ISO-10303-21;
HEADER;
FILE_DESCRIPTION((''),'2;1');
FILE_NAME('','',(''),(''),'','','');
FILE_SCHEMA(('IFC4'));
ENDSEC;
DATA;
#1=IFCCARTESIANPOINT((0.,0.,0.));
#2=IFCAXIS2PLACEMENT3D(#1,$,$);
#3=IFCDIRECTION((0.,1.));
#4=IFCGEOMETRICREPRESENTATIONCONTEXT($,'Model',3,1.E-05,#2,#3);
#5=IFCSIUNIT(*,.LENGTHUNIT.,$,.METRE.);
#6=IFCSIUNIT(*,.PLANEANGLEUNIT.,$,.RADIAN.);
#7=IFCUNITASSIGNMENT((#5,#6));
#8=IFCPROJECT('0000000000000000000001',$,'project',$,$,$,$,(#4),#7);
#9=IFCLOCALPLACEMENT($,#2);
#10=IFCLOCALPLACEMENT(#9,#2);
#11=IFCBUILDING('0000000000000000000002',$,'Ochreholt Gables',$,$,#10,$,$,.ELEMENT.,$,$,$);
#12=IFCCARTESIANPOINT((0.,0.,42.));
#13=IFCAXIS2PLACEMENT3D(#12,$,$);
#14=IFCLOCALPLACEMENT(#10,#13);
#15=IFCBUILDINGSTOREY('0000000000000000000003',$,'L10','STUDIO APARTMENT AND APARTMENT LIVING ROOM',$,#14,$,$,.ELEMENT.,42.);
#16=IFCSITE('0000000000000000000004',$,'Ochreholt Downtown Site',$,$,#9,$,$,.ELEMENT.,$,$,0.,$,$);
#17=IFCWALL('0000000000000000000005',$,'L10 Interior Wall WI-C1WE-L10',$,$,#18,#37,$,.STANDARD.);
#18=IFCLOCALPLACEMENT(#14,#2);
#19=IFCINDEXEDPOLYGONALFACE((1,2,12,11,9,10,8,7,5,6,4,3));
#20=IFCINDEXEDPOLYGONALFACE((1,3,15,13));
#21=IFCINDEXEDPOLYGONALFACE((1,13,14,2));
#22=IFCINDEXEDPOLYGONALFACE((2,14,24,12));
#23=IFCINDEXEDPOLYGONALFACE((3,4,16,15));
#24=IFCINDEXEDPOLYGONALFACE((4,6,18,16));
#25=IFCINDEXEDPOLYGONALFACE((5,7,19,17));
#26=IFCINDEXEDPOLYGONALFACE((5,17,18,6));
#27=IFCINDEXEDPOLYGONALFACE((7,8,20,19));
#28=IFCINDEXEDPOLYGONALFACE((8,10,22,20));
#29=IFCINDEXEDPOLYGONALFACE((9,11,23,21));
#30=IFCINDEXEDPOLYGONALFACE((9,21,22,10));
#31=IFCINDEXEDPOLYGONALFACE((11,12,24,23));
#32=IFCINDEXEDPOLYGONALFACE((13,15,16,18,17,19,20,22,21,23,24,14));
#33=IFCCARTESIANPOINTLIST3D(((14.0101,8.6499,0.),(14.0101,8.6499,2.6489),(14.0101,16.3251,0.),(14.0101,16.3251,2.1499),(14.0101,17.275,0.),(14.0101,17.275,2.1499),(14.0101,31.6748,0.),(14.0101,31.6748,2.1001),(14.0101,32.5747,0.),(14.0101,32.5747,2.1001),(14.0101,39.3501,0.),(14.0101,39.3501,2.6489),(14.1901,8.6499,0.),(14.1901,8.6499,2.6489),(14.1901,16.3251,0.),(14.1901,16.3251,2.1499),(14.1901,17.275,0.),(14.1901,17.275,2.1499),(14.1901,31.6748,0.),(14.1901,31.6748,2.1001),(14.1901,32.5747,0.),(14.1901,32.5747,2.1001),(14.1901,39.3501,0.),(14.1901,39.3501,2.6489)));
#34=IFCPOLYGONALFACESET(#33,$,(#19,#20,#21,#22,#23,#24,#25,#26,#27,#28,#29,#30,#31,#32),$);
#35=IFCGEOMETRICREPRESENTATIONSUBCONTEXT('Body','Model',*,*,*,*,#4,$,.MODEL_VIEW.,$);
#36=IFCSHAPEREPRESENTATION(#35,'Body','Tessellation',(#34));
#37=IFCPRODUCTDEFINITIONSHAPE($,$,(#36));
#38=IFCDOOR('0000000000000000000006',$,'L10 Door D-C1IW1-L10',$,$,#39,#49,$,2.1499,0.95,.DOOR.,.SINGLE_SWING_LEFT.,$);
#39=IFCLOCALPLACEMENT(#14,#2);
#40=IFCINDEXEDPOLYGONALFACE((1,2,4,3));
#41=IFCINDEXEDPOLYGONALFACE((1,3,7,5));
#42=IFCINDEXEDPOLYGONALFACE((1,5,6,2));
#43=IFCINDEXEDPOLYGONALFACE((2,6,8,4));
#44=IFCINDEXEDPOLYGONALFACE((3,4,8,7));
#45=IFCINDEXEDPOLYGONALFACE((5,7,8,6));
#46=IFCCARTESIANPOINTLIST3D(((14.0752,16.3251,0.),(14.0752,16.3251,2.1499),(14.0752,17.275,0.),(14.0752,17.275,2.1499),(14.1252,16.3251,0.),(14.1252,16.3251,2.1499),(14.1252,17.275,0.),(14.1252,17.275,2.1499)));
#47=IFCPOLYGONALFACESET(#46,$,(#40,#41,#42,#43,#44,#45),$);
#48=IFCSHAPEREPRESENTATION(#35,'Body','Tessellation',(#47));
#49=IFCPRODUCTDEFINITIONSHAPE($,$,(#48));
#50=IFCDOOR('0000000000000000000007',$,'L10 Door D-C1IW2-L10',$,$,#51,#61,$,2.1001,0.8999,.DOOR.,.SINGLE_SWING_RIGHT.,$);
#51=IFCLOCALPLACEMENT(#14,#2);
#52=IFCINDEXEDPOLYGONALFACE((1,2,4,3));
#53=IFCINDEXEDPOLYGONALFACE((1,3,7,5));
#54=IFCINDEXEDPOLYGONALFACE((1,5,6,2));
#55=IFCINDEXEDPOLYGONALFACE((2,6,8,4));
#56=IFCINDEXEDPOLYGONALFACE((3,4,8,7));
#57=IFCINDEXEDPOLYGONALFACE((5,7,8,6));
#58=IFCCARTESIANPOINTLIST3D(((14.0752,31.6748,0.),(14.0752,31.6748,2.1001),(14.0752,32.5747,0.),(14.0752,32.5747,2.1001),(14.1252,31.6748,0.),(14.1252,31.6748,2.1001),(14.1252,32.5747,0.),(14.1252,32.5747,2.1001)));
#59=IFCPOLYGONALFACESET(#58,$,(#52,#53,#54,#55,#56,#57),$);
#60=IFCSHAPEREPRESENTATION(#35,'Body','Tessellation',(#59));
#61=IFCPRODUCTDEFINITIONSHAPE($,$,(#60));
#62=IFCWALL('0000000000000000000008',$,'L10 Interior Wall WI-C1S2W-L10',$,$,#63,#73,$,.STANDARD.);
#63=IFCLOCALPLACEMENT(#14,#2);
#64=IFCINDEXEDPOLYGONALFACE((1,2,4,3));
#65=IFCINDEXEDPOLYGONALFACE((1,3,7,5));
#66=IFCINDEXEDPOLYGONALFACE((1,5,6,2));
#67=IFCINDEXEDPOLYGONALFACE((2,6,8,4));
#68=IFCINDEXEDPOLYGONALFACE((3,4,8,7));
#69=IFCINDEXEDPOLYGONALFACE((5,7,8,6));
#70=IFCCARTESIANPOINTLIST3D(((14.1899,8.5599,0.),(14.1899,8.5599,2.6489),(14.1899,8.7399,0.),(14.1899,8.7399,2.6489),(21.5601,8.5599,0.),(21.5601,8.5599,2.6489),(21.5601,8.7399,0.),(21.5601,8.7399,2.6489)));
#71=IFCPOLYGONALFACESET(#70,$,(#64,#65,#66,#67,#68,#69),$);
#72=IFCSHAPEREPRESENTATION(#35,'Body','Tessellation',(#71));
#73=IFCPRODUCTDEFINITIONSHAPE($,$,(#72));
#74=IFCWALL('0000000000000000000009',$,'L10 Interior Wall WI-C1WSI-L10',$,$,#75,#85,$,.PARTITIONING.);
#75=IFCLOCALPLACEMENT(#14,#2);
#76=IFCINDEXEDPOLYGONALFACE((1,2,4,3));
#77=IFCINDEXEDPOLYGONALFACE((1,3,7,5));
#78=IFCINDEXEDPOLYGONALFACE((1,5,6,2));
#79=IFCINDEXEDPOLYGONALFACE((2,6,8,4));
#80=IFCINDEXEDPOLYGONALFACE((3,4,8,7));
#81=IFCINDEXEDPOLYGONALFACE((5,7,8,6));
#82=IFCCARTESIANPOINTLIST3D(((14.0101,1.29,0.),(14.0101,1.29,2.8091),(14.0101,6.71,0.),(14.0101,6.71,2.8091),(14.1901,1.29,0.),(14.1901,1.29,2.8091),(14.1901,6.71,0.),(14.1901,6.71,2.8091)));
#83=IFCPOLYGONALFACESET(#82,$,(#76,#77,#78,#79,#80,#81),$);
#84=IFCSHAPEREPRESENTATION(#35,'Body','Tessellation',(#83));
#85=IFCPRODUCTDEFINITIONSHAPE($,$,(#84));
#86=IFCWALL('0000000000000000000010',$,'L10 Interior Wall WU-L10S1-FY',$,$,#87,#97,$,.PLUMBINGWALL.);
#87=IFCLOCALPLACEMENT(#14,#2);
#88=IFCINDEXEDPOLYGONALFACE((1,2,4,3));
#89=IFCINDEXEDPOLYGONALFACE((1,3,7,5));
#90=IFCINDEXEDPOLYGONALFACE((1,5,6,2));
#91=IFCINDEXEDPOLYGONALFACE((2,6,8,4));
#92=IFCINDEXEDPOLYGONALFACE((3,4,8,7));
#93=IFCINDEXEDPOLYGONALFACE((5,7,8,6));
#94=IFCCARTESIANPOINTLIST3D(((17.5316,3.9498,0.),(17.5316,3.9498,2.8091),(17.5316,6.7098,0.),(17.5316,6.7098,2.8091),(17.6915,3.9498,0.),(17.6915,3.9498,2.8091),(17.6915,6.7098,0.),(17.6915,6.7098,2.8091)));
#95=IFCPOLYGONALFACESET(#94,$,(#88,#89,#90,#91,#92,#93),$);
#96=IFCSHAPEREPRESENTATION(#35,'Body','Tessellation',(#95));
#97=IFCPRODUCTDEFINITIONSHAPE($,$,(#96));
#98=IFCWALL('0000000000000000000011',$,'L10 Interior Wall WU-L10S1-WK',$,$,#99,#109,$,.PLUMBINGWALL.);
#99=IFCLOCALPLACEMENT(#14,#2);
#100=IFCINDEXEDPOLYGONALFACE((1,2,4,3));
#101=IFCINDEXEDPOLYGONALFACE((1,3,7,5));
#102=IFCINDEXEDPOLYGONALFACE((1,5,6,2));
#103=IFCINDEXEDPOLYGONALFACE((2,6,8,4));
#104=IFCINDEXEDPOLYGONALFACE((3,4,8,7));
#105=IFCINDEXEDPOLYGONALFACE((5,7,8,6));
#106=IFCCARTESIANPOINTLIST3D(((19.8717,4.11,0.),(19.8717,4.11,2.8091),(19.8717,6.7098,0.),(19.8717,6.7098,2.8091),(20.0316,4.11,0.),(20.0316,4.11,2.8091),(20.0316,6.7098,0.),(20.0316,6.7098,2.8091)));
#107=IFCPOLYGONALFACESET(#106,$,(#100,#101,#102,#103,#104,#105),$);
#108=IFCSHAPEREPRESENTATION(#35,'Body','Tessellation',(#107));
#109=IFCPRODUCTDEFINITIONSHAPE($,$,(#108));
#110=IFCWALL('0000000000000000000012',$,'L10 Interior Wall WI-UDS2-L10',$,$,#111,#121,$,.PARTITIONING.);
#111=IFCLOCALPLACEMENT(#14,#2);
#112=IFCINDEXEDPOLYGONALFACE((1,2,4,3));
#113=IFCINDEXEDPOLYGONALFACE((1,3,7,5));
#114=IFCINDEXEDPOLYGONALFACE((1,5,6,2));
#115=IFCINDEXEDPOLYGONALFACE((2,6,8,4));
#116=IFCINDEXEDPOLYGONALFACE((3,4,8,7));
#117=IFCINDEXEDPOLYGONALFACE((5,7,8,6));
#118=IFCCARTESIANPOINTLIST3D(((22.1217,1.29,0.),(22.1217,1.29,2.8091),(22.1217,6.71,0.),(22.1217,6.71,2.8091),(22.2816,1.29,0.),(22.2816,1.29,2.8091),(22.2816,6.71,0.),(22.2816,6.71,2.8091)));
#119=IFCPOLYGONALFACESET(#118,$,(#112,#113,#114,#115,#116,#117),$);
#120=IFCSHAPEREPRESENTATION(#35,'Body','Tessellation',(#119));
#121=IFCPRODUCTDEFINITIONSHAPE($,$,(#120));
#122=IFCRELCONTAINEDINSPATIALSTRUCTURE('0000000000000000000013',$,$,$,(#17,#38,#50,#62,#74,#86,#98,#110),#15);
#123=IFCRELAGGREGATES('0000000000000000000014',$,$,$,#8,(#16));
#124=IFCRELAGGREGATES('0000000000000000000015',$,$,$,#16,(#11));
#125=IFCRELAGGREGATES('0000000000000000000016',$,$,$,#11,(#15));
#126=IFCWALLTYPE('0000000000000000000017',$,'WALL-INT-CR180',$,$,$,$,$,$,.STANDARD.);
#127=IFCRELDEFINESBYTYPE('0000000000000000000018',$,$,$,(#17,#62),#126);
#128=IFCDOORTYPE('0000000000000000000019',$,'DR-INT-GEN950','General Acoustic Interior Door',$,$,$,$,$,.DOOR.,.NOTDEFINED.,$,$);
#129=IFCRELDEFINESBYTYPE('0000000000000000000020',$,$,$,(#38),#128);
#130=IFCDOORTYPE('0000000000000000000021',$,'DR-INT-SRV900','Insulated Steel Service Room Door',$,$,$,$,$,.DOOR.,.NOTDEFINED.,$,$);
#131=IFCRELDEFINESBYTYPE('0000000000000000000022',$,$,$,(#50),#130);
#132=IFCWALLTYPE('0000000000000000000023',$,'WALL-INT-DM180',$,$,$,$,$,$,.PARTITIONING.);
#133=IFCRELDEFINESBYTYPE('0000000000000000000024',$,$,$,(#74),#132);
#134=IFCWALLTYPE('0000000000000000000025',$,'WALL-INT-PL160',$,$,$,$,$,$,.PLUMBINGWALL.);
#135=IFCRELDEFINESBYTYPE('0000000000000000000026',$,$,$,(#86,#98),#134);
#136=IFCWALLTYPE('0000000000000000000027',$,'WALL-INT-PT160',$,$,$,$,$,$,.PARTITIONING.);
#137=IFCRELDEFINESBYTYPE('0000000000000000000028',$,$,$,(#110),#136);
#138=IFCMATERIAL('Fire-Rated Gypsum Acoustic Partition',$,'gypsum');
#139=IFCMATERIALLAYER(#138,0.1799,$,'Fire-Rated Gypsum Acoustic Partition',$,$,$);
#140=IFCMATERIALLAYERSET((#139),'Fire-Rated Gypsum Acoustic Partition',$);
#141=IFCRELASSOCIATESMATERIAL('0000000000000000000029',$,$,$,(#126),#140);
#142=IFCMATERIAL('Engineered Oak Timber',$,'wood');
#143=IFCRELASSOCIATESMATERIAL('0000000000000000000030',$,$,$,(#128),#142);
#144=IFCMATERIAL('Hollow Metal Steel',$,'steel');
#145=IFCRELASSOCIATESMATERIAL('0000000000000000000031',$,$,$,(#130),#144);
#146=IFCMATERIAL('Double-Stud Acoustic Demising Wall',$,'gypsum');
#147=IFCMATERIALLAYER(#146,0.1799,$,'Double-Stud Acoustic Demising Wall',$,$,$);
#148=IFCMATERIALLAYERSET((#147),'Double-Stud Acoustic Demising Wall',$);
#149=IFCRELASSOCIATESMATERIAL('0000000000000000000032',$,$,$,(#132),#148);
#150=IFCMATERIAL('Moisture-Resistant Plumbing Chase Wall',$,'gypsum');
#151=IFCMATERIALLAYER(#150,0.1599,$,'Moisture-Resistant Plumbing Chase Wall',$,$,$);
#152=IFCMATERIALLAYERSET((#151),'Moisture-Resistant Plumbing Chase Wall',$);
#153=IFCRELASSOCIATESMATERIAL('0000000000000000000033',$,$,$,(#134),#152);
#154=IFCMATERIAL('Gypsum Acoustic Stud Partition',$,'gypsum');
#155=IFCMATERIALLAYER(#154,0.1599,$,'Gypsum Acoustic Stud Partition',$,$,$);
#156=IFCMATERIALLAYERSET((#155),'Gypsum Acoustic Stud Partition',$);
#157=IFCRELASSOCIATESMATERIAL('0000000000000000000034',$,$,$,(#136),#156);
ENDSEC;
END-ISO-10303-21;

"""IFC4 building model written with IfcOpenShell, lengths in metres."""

from ifc_helpers import new_model, si_unit, direction, frame, frame_2d, origin, place, context, subcontext, project, spatial, rectangle, extrude, material, layer, layer_set, type_object, element, fill, save


model = new_model("IFC4")

# Units and contexts
model_context = context("Model", 3, precision=1e-05, world=origin(), true_north=direction((0.0, 1.0)))
body_context = subcontext(model_context, "Body", "Model", "MODEL_VIEW")
ifc_project = project(units=[si_unit("LENGTHUNIT", "METRE"), si_unit("PLANEANGLEUNIT", "RADIAN")], contexts=[model_context])

# Site, building, storey
site_placement = place(None, origin())
site = spatial("IfcSite", under=ifc_project, at=site_placement, Name="Ochreholt Downtown Site", CompositionType="ELEMENT", RefElevation=0.0)
building_placement = place(site_placement, origin())
building = spatial("IfcBuilding", under=site, at=building_placement, Name="Ochreholt Gables", CompositionType="ELEMENT")
storey_placement = place(building_placement, frame((0.0, 0.0, 42.0)))
storey = spatial("IfcBuildingStorey", under=building, at=storey_placement, Name="L10", Description="STUDIO APARTMENT AND APARTMENT LIVING ROOM", CompositionType="ELEMENT", Elevation=42.0)

# Shared definitions
ifc_material_1 = material(Name="Fire-Rated Gypsum Acoustic Partition", Category="gypsum")
ifc_layer_1 = layer(ifc_material_1, 0.1799, Name="Fire-Rated Gypsum Acoustic Partition")
ifc_layer_set_1 = layer_set([ifc_layer_1], Name="Fire-Rated Gypsum Acoustic Partition")
wall_type_1 = type_object("IfcWallType", Name="WALL-INT-CR180", PredefinedType="STANDARD", material=ifc_layer_set_1)

# Shared definitions
ifc_material_2 = material(Name="Engineered Oak Timber", Category="wood")
door_type_1 = type_object("IfcDoorType", Name="DR-INT-GEN950", Description="General Acoustic Interior Door", OperationType="NOTDEFINED", PredefinedType="DOOR", material=ifc_material_2)

# Wall, openings, doors
wall_1_placement = place(storey_placement, frame((14.1001, 8.6499, 0.0), z_axis=(0.0, 0.0, 1.0), x_axis=(0.0, 1.0, 0.0)))
wall_1 = element("IfcWall", 1, at=wall_1_placement, inside=storey, type_object=wall_type_1, Name="L10 Interior Wall WI-C1WE-L10", PredefinedType="STANDARD", context=body_context, shape_type="SweptSolid", body=[
    extrude(rectangle(XDim=30.7002, YDim=0.1799, at=frame_2d((15.3501, 0.0))), origin(), (0.0, 0.0, 1.0), 2.6489),
])
opening_1_placement = place(wall_1_placement, frame((7.675, 0.0, 0.0)))
opening_1 = element("IfcOpeningElement", 2, at=opening_1_placement, cuts=wall_1, PredefinedType="OPENING", context=body_context, shape_type="SweptSolid", body=[
    extrude(rectangle(XDim=0.95, YDim=2.1499, at=frame_2d((0.4751, 1.075))), frame((0.0, 0.0999, 0.0), z_axis=(0.0, -1.0, 0.0), x_axis=(1.0, 0.0, 0.0)), (0.0, 0.0, 1.0), 0.2),
])
opening_2_placement = place(wall_1_placement, frame((23.0249, 0.0, 0.0)))
opening_2 = element("IfcOpeningElement", 3, at=opening_2_placement, cuts=wall_1, PredefinedType="OPENING", context=body_context, shape_type="SweptSolid", body=[
    extrude(rectangle(XDim=0.8999, YDim=2.1001, at=frame_2d((0.45, 1.05))), frame((0.0, 0.0999, 0.0), z_axis=(0.0, -1.0, 0.0), x_axis=(1.0, 0.0, 0.0)), (0.0, 0.0, 1.0), 0.2),
])
door_1_placement = place(opening_1_placement, origin())
door_1 = element("IfcDoor", 4, at=door_1_placement, inside=storey, type_object=door_type_1, Name="L10 Door D-C1IW1-L10", OperationType="SINGLE_SWING_LEFT", OverallHeight=2.1499, OverallWidth=0.95, PredefinedType="DOOR", context=body_context, shape_type="SweptSolid", body=[
    extrude(rectangle(XDim=0.95, YDim=2.1499, at=frame_2d((0.4751, 1.075))), frame((0.0, 0.0249, 0.0), z_axis=(0.0, -1.0, 0.0), x_axis=(1.0, 0.0, 0.0)), (0.0, 0.0, 1.0), 0.05),
])
fill(opening_1, door_1)
ifc_material_3 = material(Name="Hollow Metal Steel", Category="steel")
door_type_2 = type_object("IfcDoorType", Name="DR-INT-SRV900", Description="Insulated Steel Service Room Door", OperationType="NOTDEFINED", PredefinedType="DOOR", material=ifc_material_3)
door_2_placement = place(opening_2_placement, origin())
door_2 = element("IfcDoor", 5, at=door_2_placement, inside=storey, type_object=door_type_2, Name="L10 Door D-C1IW2-L10", OperationType="SINGLE_SWING_RIGHT", OverallHeight=2.1001, OverallWidth=0.8999, PredefinedType="DOOR", context=body_context, shape_type="SweptSolid", body=[
    extrude(rectangle(XDim=0.8999, YDim=2.1001, at=frame_2d((0.45, 1.05))), frame((0.0, 0.0249, 0.0), z_axis=(0.0, -1.0, 0.0), x_axis=(1.0, 0.0, 0.0)), (0.0, 0.0, 1.0), 0.05),
])
fill(opening_2, door_2)

# Walls
wall_2_placement = place(storey_placement, frame((14.1899, 8.6499, 0.0), z_axis=(0.0, 0.0, 1.0), x_axis=(1.0, 0.0, 0.0)))
element("IfcWall", 6, at=wall_2_placement, inside=storey, type_object=wall_type_1, Name="L10 Interior Wall WI-C1S2W-L10", PredefinedType="STANDARD", context=body_context, shape_type="SweptSolid", body=[
    extrude(rectangle(XDim=7.3701, YDim=0.1799, at=frame_2d((3.6851, 0.0))), origin(), (0.0, 0.0, 1.0), 2.6489),
])
ifc_material_4 = material(Name="Double-Stud Acoustic Demising Wall", Category="gypsum")
ifc_layer_2 = layer(ifc_material_4, 0.1799, Name="Double-Stud Acoustic Demising Wall")
ifc_layer_set_2 = layer_set([ifc_layer_2], Name="Double-Stud Acoustic Demising Wall")
wall_type_2 = type_object("IfcWallType", Name="WALL-INT-DM180", PredefinedType="PARTITIONING", material=ifc_layer_set_2)
wall_3_placement = place(storey_placement, frame((14.1001, 1.29, 0.0), z_axis=(0.0, 0.0, 1.0), x_axis=(0.0, 1.0, 0.0)))
element("IfcWall", 7, at=wall_3_placement, inside=storey, type_object=wall_type_2, Name="L10 Interior Wall WI-C1WSI-L10", PredefinedType="PARTITIONING", context=body_context, shape_type="SweptSolid", body=[
    extrude(rectangle(XDim=5.4199, YDim=0.1799, at=frame_2d((2.71, 0.0))), origin(), (0.0, 0.0, 1.0), 2.8091),
])

# Shared definitions
ifc_material_5 = material(Name="Moisture-Resistant Plumbing Chase Wall", Category="gypsum")
ifc_layer_3 = layer(ifc_material_5, 0.1599, Name="Moisture-Resistant Plumbing Chase Wall")
ifc_layer_set_3 = layer_set([ifc_layer_3], Name="Moisture-Resistant Plumbing Chase Wall")
wall_type_3 = type_object("IfcWallType", Name="WALL-INT-PL160", PredefinedType="PLUMBINGWALL", material=ifc_layer_set_3)

# Walls
wall_4_placement = place(storey_placement, frame((17.6116, 3.95, 0.0), z_axis=(0.0, 0.0, 1.0), x_axis=(0.0, 1.0, 0.0)))
element("IfcWall", 8, at=wall_4_placement, inside=storey, type_object=wall_type_3, Name="L10 Interior Wall WU-L10S1-FY", PredefinedType="PLUMBINGWALL", context=body_context, shape_type="SweptSolid", body=[
    extrude(rectangle(XDim=2.76, YDim=0.1599, at=frame_2d((1.3799, 0.0))), origin(), (0.0, 0.0, 1.0), 2.8091),
])
wall_5_placement = place(storey_placement, frame((19.9517, 4.1101, 0.0), z_axis=(0.0, 0.0, 1.0), x_axis=(0.0, 1.0, 0.0)))
element("IfcWall", 9, at=wall_5_placement, inside=storey, type_object=wall_type_3, Name="L10 Interior Wall WU-L10S1-WK", PredefinedType="PLUMBINGWALL", context=body_context, shape_type="SweptSolid", body=[
    extrude(rectangle(XDim=2.5999, YDim=0.1599, at=frame_2d((1.2998, 0.0))), origin(), (0.0, 0.0, 1.0), 2.8091),
])
ifc_material_6 = material(Name="Gypsum Acoustic Stud Partition", Category="gypsum")
ifc_layer_4 = layer(ifc_material_6, 0.1599, Name="Gypsum Acoustic Stud Partition")
ifc_layer_set_4 = layer_set([ifc_layer_4], Name="Gypsum Acoustic Stud Partition")
wall_type_4 = type_object("IfcWallType", Name="WALL-INT-PT160", PredefinedType="PARTITIONING", material=ifc_layer_set_4)
wall_6_placement = place(storey_placement, frame((22.2017, 1.29, 0.0), z_axis=(0.0, 0.0, 1.0), x_axis=(0.0, 1.0, 0.0)))
element("IfcWall", 10, at=wall_6_placement, inside=storey, type_object=wall_type_4, Name="L10 Interior Wall WI-UDS2-L10", PredefinedType="PARTITIONING", context=body_context, shape_type="SweptSolid", body=[
    extrude(rectangle(XDim=5.4199, YDim=0.1599, at=frame_2d((2.71, 0.0))), origin(), (0.0, 0.0, 1.0), 2.8091),
])

save(model, "model.ifc")
